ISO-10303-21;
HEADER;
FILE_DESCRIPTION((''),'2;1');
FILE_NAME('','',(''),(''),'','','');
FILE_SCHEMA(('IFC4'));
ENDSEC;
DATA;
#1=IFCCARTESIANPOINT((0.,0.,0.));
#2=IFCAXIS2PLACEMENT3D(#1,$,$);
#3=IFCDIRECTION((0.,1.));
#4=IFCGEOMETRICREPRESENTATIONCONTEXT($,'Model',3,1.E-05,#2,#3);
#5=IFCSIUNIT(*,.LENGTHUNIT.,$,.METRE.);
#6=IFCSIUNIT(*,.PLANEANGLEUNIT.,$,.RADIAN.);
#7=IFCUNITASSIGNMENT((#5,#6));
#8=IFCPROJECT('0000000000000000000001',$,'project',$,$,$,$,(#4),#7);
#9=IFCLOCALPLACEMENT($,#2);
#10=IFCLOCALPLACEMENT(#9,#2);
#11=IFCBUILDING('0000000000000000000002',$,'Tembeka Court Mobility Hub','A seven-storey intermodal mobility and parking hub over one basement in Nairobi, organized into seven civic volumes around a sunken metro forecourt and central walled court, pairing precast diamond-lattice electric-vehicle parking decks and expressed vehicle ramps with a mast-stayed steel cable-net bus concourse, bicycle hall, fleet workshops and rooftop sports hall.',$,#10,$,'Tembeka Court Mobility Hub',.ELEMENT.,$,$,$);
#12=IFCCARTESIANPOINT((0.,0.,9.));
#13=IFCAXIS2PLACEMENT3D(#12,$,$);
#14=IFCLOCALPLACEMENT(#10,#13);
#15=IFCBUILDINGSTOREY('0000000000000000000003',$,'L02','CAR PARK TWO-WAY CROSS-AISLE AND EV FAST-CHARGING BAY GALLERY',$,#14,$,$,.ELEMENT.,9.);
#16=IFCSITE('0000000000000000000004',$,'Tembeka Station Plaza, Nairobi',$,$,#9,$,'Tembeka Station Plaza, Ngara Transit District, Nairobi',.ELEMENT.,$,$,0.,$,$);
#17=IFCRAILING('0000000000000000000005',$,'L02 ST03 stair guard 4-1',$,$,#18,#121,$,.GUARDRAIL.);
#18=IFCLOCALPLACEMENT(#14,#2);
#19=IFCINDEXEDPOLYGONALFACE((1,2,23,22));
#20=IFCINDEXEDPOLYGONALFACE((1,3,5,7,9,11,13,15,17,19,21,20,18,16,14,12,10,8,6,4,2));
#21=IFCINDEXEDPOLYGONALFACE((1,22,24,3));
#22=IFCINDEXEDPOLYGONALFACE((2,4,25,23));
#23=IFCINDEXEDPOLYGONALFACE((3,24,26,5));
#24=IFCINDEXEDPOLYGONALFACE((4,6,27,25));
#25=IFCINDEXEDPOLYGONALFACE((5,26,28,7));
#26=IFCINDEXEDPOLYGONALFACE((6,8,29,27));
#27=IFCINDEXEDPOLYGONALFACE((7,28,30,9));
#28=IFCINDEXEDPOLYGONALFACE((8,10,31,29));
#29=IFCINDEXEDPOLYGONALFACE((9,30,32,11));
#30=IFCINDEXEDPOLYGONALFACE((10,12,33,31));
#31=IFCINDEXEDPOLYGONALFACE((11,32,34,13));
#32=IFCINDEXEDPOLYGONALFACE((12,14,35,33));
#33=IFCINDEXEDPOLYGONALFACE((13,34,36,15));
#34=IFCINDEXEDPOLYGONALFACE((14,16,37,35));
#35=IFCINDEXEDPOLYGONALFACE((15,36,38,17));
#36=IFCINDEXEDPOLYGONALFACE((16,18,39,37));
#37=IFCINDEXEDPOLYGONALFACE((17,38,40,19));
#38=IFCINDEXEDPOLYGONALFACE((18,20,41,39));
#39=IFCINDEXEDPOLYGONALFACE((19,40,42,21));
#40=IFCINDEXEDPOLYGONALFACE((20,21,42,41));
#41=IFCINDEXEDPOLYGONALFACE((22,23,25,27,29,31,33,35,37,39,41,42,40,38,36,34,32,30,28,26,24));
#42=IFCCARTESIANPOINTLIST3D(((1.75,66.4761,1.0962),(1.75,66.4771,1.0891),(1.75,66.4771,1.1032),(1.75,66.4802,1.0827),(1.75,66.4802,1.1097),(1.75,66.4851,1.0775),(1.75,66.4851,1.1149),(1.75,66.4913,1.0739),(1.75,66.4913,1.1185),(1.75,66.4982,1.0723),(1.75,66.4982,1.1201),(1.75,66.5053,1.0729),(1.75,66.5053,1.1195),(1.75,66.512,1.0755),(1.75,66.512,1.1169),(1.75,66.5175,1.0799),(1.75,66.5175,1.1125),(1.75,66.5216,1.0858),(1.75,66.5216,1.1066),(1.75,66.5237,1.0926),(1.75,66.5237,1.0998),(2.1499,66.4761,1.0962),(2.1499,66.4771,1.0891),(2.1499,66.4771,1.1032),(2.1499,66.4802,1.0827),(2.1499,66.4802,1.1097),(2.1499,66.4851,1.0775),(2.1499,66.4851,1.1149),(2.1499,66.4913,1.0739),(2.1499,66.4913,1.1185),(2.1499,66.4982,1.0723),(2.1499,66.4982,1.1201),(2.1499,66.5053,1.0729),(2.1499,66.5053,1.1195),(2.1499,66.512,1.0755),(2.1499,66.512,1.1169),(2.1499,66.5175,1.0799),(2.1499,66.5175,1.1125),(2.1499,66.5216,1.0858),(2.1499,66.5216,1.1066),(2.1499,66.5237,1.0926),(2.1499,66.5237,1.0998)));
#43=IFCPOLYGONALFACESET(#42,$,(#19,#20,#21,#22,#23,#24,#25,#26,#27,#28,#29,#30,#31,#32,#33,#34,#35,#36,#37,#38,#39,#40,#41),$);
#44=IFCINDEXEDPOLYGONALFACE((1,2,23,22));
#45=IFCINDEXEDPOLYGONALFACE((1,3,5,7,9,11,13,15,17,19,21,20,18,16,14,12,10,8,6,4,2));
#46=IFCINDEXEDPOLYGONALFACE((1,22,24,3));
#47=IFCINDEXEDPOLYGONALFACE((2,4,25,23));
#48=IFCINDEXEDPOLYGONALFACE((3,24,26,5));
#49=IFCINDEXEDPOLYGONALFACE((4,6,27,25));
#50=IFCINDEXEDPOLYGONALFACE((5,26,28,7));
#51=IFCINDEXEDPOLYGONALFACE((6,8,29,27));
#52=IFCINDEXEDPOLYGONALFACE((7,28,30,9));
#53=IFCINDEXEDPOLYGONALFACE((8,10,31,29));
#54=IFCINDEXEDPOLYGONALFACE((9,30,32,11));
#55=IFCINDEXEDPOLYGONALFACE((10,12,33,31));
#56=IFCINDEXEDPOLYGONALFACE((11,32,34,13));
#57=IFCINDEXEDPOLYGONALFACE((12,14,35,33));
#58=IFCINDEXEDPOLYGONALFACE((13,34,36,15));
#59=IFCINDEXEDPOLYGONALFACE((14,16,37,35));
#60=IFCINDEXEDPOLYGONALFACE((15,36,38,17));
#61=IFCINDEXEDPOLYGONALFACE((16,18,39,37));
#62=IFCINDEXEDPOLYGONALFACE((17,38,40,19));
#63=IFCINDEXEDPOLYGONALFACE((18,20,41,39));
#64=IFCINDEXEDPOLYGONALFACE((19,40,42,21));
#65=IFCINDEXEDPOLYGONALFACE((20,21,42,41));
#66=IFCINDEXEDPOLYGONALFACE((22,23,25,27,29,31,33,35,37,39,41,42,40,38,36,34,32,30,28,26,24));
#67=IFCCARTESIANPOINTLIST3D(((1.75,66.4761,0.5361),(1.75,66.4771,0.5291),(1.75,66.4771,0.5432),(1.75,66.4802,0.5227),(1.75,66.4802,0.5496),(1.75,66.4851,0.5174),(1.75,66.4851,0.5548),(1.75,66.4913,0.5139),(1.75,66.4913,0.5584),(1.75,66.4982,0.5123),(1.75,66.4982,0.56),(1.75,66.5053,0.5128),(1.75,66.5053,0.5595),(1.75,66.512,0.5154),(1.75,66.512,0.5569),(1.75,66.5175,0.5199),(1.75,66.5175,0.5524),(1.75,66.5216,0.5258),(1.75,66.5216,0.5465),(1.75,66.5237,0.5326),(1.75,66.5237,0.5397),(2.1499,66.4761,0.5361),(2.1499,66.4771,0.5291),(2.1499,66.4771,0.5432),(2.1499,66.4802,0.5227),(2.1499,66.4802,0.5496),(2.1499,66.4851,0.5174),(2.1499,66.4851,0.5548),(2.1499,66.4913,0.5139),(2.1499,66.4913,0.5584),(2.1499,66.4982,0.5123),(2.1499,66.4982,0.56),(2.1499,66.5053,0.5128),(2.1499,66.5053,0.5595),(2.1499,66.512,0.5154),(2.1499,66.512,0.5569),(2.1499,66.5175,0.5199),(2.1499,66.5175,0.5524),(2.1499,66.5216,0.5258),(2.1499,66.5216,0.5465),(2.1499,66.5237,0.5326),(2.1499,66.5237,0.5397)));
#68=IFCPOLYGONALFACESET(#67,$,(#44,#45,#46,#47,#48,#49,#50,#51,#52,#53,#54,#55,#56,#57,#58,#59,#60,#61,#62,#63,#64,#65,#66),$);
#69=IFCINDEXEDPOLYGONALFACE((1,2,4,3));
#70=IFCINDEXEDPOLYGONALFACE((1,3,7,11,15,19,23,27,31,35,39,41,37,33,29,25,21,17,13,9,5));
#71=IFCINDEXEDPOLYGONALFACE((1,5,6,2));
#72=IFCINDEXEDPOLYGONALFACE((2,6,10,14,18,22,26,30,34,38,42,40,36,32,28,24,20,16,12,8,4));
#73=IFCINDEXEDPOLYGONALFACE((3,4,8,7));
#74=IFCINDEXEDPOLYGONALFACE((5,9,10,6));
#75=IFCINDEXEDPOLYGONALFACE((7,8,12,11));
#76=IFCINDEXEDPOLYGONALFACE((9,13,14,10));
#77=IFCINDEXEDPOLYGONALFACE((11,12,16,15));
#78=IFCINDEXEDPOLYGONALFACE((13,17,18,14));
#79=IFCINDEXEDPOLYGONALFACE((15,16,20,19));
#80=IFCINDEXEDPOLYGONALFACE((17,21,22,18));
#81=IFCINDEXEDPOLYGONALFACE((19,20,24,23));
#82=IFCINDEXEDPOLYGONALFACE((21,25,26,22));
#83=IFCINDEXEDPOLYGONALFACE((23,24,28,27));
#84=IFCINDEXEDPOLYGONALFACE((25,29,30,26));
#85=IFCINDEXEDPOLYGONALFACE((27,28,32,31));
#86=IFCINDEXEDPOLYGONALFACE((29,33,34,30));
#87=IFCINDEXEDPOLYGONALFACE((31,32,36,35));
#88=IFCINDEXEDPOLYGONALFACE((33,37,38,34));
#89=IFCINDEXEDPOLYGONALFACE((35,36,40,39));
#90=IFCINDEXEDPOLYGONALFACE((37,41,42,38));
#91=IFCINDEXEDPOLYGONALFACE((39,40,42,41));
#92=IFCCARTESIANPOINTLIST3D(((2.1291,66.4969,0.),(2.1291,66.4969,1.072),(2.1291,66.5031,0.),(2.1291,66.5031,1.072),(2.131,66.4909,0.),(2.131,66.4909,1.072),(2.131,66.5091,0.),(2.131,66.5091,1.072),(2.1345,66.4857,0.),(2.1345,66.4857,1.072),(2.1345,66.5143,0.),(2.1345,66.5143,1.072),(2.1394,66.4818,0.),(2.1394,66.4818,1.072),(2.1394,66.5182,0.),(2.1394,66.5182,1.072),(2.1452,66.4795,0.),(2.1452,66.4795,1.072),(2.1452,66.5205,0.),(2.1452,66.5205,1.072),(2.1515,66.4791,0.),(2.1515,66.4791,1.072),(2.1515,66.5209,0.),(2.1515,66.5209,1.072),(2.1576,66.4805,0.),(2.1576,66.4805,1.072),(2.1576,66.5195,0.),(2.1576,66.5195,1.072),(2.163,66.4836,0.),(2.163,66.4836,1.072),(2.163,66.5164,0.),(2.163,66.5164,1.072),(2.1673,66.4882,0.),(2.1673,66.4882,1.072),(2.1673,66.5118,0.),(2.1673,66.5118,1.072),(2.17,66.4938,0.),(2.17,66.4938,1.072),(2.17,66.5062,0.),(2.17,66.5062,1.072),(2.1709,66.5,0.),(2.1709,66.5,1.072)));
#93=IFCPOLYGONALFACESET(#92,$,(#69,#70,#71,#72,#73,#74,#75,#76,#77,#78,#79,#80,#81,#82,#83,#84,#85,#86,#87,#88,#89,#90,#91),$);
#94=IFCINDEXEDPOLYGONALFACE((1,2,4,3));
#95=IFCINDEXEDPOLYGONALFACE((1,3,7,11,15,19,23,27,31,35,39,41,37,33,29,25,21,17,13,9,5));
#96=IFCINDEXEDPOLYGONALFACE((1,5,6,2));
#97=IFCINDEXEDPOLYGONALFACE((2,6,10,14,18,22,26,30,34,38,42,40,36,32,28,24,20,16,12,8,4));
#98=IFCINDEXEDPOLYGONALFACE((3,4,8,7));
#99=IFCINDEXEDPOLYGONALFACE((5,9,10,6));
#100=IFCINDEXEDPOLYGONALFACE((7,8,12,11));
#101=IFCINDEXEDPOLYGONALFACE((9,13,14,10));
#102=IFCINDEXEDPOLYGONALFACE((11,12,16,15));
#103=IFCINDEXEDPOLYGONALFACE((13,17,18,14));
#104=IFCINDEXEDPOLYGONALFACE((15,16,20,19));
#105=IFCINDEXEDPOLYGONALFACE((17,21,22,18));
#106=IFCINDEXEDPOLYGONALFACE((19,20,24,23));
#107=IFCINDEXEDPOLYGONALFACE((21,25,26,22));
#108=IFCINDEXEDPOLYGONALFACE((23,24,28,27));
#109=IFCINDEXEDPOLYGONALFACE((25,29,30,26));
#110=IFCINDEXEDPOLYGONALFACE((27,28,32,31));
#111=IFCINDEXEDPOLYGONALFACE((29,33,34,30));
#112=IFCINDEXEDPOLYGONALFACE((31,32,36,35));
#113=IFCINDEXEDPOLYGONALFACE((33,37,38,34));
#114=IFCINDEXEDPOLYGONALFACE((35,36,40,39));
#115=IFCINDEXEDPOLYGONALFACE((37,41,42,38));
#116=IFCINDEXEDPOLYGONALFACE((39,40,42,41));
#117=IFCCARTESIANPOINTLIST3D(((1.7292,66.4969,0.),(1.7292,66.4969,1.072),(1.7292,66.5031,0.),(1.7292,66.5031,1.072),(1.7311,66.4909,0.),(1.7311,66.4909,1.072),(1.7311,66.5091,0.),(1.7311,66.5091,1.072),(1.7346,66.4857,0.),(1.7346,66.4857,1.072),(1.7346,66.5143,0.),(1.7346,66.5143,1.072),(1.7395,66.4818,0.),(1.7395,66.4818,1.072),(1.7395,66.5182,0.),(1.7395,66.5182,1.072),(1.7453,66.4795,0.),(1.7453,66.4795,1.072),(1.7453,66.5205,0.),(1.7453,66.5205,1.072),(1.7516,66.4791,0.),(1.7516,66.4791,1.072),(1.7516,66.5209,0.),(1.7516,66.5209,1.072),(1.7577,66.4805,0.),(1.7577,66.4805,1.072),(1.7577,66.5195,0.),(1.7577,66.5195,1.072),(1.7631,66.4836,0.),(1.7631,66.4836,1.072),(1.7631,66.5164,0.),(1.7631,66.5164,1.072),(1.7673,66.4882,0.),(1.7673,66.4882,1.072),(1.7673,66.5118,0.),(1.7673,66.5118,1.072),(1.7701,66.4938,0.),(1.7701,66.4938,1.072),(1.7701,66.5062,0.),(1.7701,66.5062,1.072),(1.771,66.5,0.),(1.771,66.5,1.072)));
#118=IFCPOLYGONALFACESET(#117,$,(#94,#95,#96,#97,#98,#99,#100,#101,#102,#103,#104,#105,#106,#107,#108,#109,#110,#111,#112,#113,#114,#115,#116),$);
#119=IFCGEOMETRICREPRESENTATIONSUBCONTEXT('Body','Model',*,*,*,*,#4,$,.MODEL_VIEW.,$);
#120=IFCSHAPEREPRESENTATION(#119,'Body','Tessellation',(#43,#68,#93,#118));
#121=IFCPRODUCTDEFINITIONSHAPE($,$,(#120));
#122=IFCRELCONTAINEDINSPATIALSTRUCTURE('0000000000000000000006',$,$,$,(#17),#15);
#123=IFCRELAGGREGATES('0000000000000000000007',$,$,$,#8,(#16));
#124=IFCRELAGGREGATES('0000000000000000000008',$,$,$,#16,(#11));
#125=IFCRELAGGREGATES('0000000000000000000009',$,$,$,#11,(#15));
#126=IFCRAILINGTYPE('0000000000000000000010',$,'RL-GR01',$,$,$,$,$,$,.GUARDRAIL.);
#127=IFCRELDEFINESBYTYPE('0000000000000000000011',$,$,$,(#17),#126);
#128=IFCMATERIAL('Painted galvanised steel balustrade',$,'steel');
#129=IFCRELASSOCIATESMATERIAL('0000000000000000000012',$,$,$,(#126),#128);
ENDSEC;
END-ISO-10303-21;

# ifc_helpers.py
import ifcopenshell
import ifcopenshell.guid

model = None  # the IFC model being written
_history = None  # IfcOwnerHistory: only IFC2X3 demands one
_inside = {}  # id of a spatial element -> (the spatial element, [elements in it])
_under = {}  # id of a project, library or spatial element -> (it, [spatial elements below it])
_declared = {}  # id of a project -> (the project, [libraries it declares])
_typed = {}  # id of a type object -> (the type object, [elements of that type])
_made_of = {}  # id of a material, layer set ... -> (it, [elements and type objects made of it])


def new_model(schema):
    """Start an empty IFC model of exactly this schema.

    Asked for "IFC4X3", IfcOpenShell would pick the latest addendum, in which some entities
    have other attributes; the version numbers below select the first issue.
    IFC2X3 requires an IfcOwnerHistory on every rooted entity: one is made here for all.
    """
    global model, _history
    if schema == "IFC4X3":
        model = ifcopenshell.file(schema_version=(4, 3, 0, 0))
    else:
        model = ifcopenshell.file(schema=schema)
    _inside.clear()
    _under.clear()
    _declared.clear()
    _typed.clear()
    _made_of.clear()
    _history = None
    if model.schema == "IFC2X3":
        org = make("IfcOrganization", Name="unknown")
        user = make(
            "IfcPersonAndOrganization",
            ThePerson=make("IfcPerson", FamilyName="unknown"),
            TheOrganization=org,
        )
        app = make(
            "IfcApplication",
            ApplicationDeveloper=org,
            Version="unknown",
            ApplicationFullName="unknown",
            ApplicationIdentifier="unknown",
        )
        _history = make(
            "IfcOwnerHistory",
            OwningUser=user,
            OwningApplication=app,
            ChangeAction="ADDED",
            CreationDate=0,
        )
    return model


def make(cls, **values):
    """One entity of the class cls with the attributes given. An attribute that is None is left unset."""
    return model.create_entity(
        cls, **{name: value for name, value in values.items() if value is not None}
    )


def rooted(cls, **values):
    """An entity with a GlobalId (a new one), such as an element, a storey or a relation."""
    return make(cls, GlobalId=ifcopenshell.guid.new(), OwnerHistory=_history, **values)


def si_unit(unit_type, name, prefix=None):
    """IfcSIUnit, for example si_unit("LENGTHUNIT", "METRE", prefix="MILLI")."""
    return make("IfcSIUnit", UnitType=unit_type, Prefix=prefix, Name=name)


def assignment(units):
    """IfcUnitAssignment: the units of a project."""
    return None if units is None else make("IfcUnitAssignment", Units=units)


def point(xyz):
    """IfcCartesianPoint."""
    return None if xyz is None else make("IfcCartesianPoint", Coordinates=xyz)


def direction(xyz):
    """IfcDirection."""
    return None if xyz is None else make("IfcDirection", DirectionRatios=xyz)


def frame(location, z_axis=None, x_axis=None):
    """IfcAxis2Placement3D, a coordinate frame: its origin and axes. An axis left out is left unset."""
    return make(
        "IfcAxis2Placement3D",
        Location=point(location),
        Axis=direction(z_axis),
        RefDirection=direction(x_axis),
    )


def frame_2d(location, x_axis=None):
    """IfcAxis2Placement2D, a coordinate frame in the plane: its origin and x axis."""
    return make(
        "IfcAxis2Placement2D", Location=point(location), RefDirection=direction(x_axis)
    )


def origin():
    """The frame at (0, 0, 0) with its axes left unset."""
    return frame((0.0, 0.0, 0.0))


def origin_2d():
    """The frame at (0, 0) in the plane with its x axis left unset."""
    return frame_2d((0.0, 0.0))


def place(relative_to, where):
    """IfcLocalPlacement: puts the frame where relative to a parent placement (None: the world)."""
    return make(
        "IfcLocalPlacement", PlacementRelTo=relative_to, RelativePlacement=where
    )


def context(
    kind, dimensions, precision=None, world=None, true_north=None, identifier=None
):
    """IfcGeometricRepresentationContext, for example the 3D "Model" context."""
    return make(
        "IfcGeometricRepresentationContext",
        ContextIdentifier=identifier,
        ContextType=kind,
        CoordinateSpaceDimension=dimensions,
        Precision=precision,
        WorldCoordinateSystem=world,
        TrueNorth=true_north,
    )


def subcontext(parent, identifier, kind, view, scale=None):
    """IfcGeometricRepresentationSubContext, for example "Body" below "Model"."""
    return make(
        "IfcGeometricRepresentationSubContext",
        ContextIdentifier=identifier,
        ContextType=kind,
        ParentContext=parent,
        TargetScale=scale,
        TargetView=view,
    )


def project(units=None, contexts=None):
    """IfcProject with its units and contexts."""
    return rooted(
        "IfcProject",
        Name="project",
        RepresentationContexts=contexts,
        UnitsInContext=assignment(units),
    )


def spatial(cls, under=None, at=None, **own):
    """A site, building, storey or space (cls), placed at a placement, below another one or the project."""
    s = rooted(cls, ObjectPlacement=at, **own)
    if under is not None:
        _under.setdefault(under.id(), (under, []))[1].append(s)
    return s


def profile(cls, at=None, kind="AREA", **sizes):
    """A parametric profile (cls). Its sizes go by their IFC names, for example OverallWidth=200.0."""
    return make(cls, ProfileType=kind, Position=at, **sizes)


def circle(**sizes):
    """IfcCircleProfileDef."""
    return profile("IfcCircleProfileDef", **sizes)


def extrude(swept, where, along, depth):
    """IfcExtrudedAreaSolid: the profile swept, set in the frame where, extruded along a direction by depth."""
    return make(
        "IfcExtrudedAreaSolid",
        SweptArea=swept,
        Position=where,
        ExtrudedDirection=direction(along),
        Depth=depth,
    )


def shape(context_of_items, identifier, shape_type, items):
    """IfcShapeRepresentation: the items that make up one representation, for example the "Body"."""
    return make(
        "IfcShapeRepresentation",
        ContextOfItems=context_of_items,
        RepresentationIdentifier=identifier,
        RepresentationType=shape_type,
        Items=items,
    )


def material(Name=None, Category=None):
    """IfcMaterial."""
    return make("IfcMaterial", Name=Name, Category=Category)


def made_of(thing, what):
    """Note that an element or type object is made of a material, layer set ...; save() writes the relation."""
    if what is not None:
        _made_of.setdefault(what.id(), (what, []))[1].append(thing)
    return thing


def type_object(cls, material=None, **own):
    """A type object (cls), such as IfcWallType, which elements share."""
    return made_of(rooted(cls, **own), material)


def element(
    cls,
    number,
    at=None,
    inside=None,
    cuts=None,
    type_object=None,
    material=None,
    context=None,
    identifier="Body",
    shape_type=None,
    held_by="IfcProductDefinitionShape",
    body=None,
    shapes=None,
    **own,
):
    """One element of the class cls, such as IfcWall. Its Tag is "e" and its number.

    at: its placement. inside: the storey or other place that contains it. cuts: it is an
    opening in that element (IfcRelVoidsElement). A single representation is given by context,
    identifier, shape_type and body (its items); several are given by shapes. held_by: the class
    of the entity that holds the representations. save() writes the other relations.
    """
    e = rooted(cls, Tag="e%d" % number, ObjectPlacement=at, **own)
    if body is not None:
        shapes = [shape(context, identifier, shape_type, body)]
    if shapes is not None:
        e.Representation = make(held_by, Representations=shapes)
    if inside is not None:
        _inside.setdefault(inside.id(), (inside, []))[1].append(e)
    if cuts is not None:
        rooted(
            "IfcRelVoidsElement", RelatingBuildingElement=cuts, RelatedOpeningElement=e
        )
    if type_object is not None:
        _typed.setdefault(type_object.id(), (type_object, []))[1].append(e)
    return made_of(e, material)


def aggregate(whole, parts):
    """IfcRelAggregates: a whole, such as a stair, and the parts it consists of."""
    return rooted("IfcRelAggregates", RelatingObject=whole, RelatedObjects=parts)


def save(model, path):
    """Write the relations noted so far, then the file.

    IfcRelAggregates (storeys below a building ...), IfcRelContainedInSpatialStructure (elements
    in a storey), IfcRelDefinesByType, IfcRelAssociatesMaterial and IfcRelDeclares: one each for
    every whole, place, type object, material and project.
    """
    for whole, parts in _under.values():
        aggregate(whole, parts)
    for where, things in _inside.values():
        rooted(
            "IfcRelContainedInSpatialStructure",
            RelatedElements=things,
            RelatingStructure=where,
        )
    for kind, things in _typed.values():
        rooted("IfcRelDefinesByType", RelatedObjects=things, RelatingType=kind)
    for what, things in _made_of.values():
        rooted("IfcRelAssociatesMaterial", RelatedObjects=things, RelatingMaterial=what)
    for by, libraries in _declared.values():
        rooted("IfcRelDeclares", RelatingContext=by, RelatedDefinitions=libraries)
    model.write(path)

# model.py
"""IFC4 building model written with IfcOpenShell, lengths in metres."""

from ifc_helpers import new_model, si_unit, direction, frame, origin, origin_2d, place, context, subcontext, project, spatial, circle, extrude, material, type_object, element, save


model = new_model("IFC4")

# Units and contexts
model_context = context("Model", 3, precision=1e-05, world=origin(), true_north=direction((0.0, 1.0)))
body_context = subcontext(model_context, "Body", "Model", "MODEL_VIEW")
ifc_project = project(units=[si_unit("LENGTHUNIT", "METRE"), si_unit("PLANEANGLEUNIT", "RADIAN")], contexts=[model_context])

# Site, building, storey
site_placement = place(None, origin())
site = spatial("IfcSite", under=ifc_project, at=site_placement, Name="Tembeka Station Plaza, Nairobi", LongName="Tembeka Station Plaza, Ngara Transit District, Nairobi", CompositionType="ELEMENT", RefElevation=0.0)
building_placement = place(site_placement, origin())
building = spatial("IfcBuilding", under=site, at=building_placement, Name="Tembeka Court Mobility Hub", Description="A seven-storey intermodal mobility and parking hub over one basement in Nairobi, organized into seven civic volumes around a sunken metro forecourt and central walled court, pairing precast diamond-lattice electric-vehicle parking decks and expressed vehicle ramps with a mast-stayed steel cable-net bus concourse, bicycle hall, fleet workshops and rooftop sports hall.", LongName="Tembeka Court Mobility Hub", CompositionType="ELEMENT")
storey_placement = place(building_placement, frame((0.0, 0.0, 9.0)))
storey = spatial("IfcBuildingStorey", under=building, at=storey_placement, Name="L02", Description="CAR PARK TWO-WAY CROSS-AISLE AND EV FAST-CHARGING BAY GALLERY", CompositionType="ELEMENT", Elevation=9.0)

# Railing
ifc_material_1 = material(Name="Painted galvanised steel balustrade", Category="steel")
railing_type_1 = type_object("IfcRailingType", Name="RL-GR01", PredefinedType="GUARDRAIL", material=ifc_material_1)
railing_1_placement = place(storey_placement, frame((2.1499, 66.5, 0.0)))
element("IfcRailing", 1, at=railing_1_placement, inside=storey, type_object=railing_type_1, Name="L02 ST03 stair guard 4-1", PredefinedType="GUARDRAIL", context=body_context, shape_type="SweptSolid", body=[
    extrude(circle(Radius=0.0239, at=origin_2d()), frame((0.0, 0.0, 1.0962), z_axis=(-1.0, 0.0, 0.0), x_axis=(0.0, -1.0, 0.0)), (0.0, 0.0, 1.0), 0.3999),
    extrude(circle(Radius=0.0239, at=origin_2d()), frame((0.0, 0.0, 0.5361), z_axis=(-1.0, 0.0, 0.0), x_axis=(0.0, -1.0, 0.0)), (0.0, 0.0, 1.0), 0.3999),
    extrude(circle(Radius=0.021, at=origin_2d()), origin(), (0.0, 0.0, 1.0), 1.072),
    extrude(circle(Radius=0.021, at=origin_2d()), frame((-0.3999, 0.0, 0.0)), (0.0, 0.0, 1.0), 1.072),
])

save(model, "model.ifc")
